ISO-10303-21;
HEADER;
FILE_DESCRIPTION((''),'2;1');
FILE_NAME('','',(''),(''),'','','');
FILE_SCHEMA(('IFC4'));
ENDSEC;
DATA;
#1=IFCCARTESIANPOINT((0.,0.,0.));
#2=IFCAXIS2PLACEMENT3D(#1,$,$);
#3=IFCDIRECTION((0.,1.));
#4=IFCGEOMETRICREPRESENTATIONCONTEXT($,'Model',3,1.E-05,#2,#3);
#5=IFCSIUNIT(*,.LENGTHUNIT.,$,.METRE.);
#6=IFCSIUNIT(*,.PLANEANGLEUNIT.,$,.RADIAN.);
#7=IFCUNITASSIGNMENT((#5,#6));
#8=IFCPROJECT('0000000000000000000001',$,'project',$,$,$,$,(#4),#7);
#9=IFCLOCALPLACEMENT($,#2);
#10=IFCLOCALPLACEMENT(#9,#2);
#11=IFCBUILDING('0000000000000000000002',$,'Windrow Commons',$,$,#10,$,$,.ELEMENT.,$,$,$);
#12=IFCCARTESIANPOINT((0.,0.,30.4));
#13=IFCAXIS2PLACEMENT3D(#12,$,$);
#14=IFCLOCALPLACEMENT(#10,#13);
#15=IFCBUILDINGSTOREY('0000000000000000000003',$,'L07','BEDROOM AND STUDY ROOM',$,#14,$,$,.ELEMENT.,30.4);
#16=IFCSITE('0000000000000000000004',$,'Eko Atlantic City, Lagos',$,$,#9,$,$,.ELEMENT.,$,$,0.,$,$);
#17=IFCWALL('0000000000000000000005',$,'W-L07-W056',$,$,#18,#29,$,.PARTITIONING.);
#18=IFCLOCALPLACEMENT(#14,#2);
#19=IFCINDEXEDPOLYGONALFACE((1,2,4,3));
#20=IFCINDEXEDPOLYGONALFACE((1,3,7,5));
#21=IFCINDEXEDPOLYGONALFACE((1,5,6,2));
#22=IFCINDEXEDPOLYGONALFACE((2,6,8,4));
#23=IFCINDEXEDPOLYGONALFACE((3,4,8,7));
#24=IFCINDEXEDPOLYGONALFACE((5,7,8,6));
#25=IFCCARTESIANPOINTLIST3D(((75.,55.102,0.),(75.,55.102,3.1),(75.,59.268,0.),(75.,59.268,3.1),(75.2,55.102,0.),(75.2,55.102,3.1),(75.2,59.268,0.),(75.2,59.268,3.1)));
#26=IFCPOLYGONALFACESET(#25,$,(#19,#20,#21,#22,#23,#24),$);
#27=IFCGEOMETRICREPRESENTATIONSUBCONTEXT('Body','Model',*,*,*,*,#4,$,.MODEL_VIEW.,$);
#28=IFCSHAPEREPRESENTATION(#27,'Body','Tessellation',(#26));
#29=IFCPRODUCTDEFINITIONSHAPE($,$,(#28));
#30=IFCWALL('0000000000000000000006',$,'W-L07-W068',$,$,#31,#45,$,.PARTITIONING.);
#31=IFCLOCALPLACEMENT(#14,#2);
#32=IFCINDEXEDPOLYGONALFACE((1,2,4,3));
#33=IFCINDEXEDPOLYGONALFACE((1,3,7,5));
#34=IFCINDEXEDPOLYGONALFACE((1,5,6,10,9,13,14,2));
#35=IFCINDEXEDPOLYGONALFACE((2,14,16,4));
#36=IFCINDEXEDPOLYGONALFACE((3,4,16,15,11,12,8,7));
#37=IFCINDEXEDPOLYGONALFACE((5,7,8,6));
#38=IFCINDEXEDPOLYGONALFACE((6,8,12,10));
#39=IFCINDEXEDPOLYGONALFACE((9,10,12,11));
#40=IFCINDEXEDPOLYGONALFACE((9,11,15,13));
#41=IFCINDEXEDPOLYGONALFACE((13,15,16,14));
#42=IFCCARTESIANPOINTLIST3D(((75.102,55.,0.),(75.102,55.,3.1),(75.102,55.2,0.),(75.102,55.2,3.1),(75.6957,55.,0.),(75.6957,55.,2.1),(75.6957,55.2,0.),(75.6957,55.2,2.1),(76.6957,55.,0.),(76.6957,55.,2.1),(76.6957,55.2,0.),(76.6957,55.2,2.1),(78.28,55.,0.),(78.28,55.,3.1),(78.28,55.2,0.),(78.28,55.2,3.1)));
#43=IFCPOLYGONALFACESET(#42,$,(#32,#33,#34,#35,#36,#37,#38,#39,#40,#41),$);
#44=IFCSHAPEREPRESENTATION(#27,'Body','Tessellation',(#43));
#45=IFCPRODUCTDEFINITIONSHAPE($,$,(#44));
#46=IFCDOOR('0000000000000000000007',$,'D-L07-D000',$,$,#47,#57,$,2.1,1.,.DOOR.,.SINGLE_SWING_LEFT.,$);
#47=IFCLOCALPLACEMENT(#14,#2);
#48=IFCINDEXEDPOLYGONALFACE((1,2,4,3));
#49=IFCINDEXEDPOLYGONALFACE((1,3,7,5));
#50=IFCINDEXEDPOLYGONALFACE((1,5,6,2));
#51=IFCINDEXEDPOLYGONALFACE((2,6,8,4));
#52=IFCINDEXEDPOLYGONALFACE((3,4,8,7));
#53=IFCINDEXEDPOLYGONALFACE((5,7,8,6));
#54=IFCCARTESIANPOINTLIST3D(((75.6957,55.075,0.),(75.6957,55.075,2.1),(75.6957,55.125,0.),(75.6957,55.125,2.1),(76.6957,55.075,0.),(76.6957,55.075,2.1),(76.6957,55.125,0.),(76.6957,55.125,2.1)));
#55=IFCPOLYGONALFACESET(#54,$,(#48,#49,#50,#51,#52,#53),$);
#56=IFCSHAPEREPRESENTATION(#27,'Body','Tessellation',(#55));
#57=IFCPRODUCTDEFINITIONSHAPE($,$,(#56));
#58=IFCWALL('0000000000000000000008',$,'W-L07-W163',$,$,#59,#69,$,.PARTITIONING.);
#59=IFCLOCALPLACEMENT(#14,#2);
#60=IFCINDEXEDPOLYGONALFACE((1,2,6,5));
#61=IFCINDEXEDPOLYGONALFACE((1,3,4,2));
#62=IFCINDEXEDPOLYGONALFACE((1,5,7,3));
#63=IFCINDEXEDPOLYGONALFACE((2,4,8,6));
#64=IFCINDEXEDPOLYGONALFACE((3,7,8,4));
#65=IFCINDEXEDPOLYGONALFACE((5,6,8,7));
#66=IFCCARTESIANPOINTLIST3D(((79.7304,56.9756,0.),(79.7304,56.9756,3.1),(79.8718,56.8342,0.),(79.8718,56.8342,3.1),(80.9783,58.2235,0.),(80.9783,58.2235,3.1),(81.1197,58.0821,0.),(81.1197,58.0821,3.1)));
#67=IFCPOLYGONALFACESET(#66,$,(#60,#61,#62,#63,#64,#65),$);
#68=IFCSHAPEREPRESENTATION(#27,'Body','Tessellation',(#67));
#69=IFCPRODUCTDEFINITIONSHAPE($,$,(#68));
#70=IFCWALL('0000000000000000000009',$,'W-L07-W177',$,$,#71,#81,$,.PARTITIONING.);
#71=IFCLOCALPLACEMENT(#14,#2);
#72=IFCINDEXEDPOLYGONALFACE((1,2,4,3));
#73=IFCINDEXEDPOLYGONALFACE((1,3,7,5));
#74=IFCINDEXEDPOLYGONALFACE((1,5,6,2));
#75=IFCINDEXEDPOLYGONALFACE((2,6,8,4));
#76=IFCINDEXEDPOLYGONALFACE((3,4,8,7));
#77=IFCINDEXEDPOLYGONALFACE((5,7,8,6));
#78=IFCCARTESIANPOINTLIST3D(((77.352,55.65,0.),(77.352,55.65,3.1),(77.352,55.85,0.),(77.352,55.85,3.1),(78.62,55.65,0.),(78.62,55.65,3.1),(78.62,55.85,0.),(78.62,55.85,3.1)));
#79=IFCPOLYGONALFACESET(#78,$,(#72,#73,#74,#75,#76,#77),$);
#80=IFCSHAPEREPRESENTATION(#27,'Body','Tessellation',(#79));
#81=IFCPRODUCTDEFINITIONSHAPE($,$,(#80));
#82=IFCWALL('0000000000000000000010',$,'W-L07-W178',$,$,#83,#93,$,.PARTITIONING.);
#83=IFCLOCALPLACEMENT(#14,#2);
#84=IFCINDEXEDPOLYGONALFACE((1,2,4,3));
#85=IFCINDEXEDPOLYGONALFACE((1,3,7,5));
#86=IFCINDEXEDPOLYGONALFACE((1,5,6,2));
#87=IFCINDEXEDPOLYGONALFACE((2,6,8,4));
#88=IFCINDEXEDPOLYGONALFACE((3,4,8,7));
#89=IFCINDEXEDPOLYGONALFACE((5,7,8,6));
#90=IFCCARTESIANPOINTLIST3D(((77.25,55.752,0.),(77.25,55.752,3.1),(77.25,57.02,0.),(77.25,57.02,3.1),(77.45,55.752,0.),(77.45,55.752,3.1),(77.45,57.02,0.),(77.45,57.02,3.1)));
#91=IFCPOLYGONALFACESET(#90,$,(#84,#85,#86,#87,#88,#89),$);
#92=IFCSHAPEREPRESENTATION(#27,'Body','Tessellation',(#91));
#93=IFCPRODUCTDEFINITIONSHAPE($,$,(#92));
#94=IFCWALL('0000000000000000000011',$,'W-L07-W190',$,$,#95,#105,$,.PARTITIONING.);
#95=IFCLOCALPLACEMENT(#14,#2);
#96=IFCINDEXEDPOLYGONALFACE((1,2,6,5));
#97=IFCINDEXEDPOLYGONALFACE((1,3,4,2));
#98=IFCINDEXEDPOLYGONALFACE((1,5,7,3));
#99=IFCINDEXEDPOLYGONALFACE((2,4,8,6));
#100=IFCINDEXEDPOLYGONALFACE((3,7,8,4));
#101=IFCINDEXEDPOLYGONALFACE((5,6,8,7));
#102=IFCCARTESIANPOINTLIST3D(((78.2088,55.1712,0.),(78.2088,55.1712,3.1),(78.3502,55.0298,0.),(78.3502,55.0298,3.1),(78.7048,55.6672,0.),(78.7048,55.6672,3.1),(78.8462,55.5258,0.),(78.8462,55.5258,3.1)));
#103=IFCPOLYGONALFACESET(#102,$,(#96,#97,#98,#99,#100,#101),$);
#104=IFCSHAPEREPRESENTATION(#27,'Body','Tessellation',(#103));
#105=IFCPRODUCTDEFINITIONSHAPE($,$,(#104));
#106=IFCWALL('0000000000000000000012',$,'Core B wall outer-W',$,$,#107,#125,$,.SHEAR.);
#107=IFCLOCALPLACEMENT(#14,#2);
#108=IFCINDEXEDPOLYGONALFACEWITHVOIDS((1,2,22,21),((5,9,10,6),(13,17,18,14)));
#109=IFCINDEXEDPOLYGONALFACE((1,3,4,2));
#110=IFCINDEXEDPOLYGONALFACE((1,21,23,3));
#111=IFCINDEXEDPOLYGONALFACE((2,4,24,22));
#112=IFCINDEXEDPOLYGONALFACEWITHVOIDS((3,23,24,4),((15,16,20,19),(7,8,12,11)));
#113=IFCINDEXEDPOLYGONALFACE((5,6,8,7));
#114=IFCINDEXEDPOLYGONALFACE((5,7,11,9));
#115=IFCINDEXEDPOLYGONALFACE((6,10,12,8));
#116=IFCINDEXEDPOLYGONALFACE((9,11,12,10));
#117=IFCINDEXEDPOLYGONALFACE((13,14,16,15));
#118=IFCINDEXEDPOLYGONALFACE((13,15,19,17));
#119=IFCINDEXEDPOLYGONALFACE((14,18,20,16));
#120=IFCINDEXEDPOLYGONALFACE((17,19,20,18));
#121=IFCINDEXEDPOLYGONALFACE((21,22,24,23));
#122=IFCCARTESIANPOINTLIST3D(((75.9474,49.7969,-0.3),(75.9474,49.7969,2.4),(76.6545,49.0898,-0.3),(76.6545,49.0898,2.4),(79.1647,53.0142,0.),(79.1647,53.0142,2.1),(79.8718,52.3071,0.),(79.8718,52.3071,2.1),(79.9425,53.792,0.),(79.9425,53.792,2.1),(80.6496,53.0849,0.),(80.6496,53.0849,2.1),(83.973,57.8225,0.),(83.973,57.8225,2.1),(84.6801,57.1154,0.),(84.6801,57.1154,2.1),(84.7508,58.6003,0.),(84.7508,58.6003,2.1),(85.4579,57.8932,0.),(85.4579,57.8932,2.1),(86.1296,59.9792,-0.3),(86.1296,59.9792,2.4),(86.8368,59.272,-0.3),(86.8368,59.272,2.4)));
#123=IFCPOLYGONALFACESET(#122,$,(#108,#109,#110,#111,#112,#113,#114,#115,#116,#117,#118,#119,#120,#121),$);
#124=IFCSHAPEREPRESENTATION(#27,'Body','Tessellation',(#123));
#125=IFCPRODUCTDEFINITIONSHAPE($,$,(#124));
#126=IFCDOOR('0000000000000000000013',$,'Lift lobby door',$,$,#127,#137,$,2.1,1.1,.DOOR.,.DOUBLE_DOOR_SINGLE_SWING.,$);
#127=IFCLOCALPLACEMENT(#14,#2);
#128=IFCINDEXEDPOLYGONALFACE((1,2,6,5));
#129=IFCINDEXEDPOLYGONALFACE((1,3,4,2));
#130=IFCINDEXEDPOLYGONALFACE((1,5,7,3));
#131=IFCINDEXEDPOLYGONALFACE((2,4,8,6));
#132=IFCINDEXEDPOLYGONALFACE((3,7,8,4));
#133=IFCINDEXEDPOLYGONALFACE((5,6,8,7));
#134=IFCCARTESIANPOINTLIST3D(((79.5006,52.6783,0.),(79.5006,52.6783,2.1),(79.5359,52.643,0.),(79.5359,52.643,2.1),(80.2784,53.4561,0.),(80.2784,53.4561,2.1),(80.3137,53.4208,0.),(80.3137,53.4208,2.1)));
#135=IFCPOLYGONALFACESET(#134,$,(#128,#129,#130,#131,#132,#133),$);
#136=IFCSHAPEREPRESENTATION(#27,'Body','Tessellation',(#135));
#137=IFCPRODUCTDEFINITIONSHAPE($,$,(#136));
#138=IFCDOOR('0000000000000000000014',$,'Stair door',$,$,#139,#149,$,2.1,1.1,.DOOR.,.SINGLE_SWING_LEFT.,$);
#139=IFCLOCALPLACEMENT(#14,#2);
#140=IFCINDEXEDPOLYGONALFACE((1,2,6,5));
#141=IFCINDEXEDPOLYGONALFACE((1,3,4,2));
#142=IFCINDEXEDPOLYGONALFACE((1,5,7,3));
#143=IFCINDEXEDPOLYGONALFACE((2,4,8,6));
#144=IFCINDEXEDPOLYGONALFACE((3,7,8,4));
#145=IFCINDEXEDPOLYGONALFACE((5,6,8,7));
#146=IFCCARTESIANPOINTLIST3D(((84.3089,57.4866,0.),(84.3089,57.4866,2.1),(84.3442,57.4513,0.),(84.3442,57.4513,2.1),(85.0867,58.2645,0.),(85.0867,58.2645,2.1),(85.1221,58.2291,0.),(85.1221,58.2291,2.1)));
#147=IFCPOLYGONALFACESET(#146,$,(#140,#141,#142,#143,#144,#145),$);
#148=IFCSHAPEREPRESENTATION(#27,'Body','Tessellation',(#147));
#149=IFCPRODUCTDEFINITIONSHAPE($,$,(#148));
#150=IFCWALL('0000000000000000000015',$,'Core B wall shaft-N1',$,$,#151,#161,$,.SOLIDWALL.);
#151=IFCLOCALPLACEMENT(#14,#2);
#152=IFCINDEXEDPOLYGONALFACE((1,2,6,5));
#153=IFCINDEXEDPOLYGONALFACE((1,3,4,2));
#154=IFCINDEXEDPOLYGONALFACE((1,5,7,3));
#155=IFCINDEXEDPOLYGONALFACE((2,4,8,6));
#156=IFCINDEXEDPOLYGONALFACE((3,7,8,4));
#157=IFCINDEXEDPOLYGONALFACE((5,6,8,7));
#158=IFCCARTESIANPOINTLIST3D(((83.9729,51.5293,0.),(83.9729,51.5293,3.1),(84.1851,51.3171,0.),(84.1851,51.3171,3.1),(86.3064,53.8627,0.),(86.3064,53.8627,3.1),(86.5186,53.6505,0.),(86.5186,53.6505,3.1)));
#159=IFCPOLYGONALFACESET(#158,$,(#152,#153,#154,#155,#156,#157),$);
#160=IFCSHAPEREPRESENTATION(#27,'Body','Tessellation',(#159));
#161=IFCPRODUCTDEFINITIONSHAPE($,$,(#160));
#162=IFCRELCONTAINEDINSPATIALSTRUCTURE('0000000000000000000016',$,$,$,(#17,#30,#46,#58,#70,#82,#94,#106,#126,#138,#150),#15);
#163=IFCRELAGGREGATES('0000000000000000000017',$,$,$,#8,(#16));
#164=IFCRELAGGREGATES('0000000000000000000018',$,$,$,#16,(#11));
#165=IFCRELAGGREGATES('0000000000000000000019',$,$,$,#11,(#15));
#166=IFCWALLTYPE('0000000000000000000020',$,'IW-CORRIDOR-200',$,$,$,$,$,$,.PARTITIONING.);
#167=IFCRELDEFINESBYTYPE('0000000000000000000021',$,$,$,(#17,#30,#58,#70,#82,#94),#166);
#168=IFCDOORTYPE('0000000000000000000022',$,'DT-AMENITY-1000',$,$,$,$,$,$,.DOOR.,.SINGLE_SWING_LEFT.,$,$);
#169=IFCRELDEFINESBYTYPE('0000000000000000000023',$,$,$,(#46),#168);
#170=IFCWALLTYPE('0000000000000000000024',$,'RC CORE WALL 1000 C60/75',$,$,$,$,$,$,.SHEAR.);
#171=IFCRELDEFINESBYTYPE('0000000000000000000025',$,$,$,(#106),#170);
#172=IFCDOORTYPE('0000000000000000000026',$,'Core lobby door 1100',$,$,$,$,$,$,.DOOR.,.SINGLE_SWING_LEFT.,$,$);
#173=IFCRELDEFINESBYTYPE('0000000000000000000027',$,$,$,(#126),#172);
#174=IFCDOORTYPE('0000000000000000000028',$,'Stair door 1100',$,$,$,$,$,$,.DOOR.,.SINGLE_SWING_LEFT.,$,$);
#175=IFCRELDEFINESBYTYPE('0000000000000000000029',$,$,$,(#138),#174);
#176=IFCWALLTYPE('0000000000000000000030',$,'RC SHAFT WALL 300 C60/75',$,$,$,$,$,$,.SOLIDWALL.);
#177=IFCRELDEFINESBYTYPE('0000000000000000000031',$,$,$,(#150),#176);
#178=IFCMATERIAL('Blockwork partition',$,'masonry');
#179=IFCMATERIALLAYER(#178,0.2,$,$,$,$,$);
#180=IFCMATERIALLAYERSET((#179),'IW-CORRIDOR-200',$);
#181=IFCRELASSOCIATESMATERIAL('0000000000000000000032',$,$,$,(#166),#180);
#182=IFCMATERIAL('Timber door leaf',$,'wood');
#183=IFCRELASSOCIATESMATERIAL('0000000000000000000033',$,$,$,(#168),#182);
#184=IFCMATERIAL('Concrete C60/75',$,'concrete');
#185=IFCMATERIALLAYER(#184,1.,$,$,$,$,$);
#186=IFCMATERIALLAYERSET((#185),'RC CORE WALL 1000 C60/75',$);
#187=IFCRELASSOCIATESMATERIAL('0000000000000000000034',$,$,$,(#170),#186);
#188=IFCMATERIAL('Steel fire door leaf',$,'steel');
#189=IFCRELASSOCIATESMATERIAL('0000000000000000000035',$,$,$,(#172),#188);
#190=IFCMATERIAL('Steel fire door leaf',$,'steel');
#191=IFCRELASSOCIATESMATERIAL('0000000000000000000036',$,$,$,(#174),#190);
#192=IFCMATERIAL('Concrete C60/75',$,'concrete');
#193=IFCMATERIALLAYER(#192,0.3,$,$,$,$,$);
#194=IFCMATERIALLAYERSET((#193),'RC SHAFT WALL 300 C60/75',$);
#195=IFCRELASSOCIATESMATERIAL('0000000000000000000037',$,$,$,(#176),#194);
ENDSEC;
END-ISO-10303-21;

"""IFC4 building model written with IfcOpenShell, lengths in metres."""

from ifc_helpers import new_model, si_unit, direction, frame, frame_2d, origin, place, context, subcontext, project, spatial, rectangle, extrude, material, layer, layer_set, type_object, element, fill, save


model = new_model("IFC4")

# Units and contexts
model_context = context("Model", 3, precision=1e-05, world=origin(), true_north=direction((0.0, 1.0)))
body_context = subcontext(model_context, "Body", "Model", "MODEL_VIEW")
ifc_project = project(units=[si_unit("LENGTHUNIT", "METRE"), si_unit("PLANEANGLEUNIT", "RADIAN")], contexts=[model_context])

# Site, building, storey
site_placement = place(None, origin())
site = spatial("IfcSite", under=ifc_project, at=site_placement, Name="Eko Atlantic City, Lagos", CompositionType="ELEMENT", RefElevation=0.0)
building_placement = place(site_placement, origin())
building = spatial("IfcBuilding", under=site, at=building_placement, Name="Windrow Commons", CompositionType="ELEMENT")
storey_placement = place(building_placement, frame((0.0, 0.0, 30.4)))
storey = spatial("IfcBuildingStorey", under=building, at=storey_placement, Name="L07", Description="BEDROOM AND STUDY ROOM", CompositionType="ELEMENT", Elevation=30.4)

# Wall
ifc_material_1 = material(Name="Blockwork partition", Category="masonry")
ifc_layer_1 = layer(ifc_material_1, 0.2)
ifc_layer_set_1 = layer_set([ifc_layer_1], Name="IW-CORRIDOR-200")
wall_type_1 = type_object("IfcWallType", Name="IW-CORRIDOR-200", PredefinedType="PARTITIONING", material=ifc_layer_set_1)
wall_1_placement = place(storey_placement, frame((75.1, 55.102, 0.0), z_axis=(0.0, 0.0, 1.0), x_axis=(0.0, 1.0, 0.0)))
element("IfcWall", 1, at=wall_1_placement, inside=storey, type_object=wall_type_1, Name="W-L07-W056", PredefinedType="PARTITIONING", context=body_context, shape_type="SweptSolid", body=[
    extrude(rectangle(XDim=4.166, YDim=0.2, at=frame_2d((2.083, 0.0))), origin(), (0.0, 0.0, 1.0), 3.1),
])

# Wall, opening, door
wall_2_placement = place(storey_placement, frame((75.102, 55.1, 0.0), z_axis=(0.0, 0.0, 1.0), x_axis=(1.0, 0.0, 0.0)))
wall_2 = element("IfcWall", 2, at=wall_2_placement, inside=storey, type_object=wall_type_1, Name="W-L07-W068", PredefinedType="PARTITIONING", context=body_context, shape_type="SweptSolid", body=[
    extrude(rectangle(XDim=3.178, YDim=0.2, at=frame_2d((1.589, 0.0))), origin(), (0.0, 0.0, 1.0), 3.1),
])
opening_1_placement = place(wall_2_placement, frame((0.5937, 0.0, 0.0)))
opening_1 = element("IfcOpeningElement", 3, at=opening_1_placement, cuts=wall_2, PredefinedType="OPENING", context=body_context, shape_type="SweptSolid", body=[
    extrude(rectangle(XDim=1.0, YDim=2.1, at=frame_2d((0.5, 1.05))), frame((0.0, 0.11, 0.0), z_axis=(0.0, -1.0, 0.0), x_axis=(1.0, 0.0, 0.0)), (0.0, 0.0, 1.0), 0.22),
])
ifc_material_2 = material(Name="Timber door leaf", Category="wood")
door_type_1 = type_object("IfcDoorType", Name="DT-AMENITY-1000", OperationType="SINGLE_SWING_LEFT", PredefinedType="DOOR", material=ifc_material_2)
door_1_placement = place(opening_1_placement, origin())
door_1 = element("IfcDoor", 4, at=door_1_placement, inside=storey, type_object=door_type_1, Name="D-L07-D000", OperationType="SINGLE_SWING_LEFT", OverallHeight=2.1, OverallWidth=1.0, PredefinedType="DOOR", context=body_context, shape_type="SweptSolid", body=[
    extrude(rectangle(XDim=1.0, YDim=2.1, at=frame_2d((0.5, 1.05))), frame((0.0, 0.025, 0.0), z_axis=(0.0, -1.0, 0.0), x_axis=(1.0, 0.0, 0.0)), (0.0, 0.0, 1.0), 0.05),
])
fill(opening_1, door_1)

# Walls
wall_3_placement = place(storey_placement, frame((79.8011, 56.9049, 0.0), z_axis=(0.0, 0.0, 1.0), x_axis=(0.707107, 0.707107, 0.0)))
element("IfcWall", 5, at=wall_3_placement, inside=storey, type_object=wall_type_1, Name="W-L07-W163", PredefinedType="PARTITIONING", context=body_context, shape_type="SweptSolid", body=[
    extrude(rectangle(XDim=1.7649, YDim=0.2, at=frame_2d((0.8824, 0.0))), origin(), (0.0, 0.0, 1.0), 3.1),
])
for number, where, z_axis, x_axis, name in (
    (6, (77.352, 55.75, 0.0), (0.0, 0.0, 1.0), (1.0, 0.0, 0.0), "W-L07-W177"),
    (7, (77.35, 55.752, 0.0), (0.0, 0.0, 1.0), (0.0, 1.0, 0.0), "W-L07-W178"),
):
    element("IfcWall", number, at=place(storey_placement, frame(where, z_axis=z_axis, x_axis=x_axis)), inside=storey, type_object=wall_type_1, Name=name, PredefinedType="PARTITIONING", context=body_context, shape_type="SweptSolid", body=[
        extrude(rectangle(XDim=1.268, YDim=0.2, at=frame_2d((0.634, 0.0))), origin(), (0.0, 0.0, 1.0), 3.1),
    ])
wall_4_placement = place(storey_placement, frame((78.2795, 55.1005, 0.0), z_axis=(0.0, 0.0, 1.0), x_axis=(0.707107, 0.707107, 0.0)))
element("IfcWall", 8, at=wall_4_placement, inside=storey, type_object=wall_type_1, Name="W-L07-W190", PredefinedType="PARTITIONING", context=body_context, shape_type="SweptSolid", body=[
    extrude(rectangle(XDim=0.7014, YDim=0.2, at=frame_2d((0.3507, 0.0))), origin(), (0.0, 0.0, 1.0), 3.1),
])

# Wall, openings, doors
ifc_material_3 = material(Name="Concrete C60/75", Category="concrete")
ifc_layer_2 = layer(ifc_material_3, 1.0)
ifc_layer_set_2 = layer_set([ifc_layer_2], Name="RC CORE WALL 1000 C60/75")
wall_type_2 = type_object("IfcWallType", Name="RC CORE WALL 1000 C60/75", PredefinedType="SHEAR", material=ifc_layer_set_2)
wall_5_placement = place(storey_placement, frame((76.3009, 49.4433, -0.3), z_axis=(0.0, 0.0, 1.0), x_axis=(0.707107, 0.707107, 0.0)))
wall_5 = element("IfcWall", 9, at=wall_5_placement, inside=storey, type_object=wall_type_2, Name="Core B wall outer-W", PredefinedType="SHEAR", context=body_context, shape_type="SweptSolid", body=[
    extrude(rectangle(XDim=14.3999, YDim=1.0, at=frame_2d((7.2, 0.0))), origin(), (0.0, 0.0, 1.0), 2.7),
])
opening_2_placement = place(wall_5_placement, frame((4.55, 0.0, 0.3)))
opening_2 = element("IfcOpeningElement", 10, at=opening_2_placement, cuts=wall_5, PredefinedType="OPENING", context=body_context, shape_type="SweptSolid", body=[
    extrude(rectangle(XDim=1.1, YDim=2.1, at=frame_2d((0.55, 1.05))), frame((0.0, 0.51, 0.0), z_axis=(0.0, -1.0, 0.0), x_axis=(1.0, 0.0, 0.0)), (0.0, 0.0, 1.0), 1.02),
])
opening_3_placement = place(wall_5_placement, frame((11.35, 0.0, 0.3)))
opening_3 = element("IfcOpeningElement", 11, at=opening_3_placement, cuts=wall_5, PredefinedType="OPENING", context=body_context, shape_type="SweptSolid", body=[
    extrude(rectangle(XDim=1.1, YDim=2.1, at=frame_2d((0.55, 1.05))), frame((0.0, 0.51, 0.0), z_axis=(0.0, -1.0, 0.0), x_axis=(1.0, 0.0, 0.0)), (0.0, 0.0, 1.0), 1.02),
])
ifc_material_4 = material(Name="Steel fire door leaf", Category="steel")
door_type_2 = type_object("IfcDoorType", Name="Core lobby door 1100", OperationType="SINGLE_SWING_LEFT", PredefinedType="DOOR", material=ifc_material_4)
door_2_placement = place(opening_2_placement, origin())
door_2 = element("IfcDoor", 12, at=door_2_placement, inside=storey, type_object=door_type_2, Name="Lift lobby door", OperationType="DOUBLE_DOOR_SINGLE_SWING", OverallHeight=2.1, OverallWidth=1.1, PredefinedType="DOOR", context=body_context, shape_type="SweptSolid", body=[
    extrude(rectangle(XDim=1.1, YDim=2.1, at=frame_2d((0.55, 1.05))), frame((0.0, 0.025, 0.0), z_axis=(0.0, -1.0, 0.0), x_axis=(1.0, 0.0, 0.0)), (0.0, 0.0, 1.0), 0.05),
])
fill(opening_2, door_2)
ifc_material_5 = material(Name="Steel fire door leaf", Category="steel")
door_type_3 = type_object("IfcDoorType", Name="Stair door 1100", OperationType="SINGLE_SWING_LEFT", PredefinedType="DOOR", material=ifc_material_5)
door_3_placement = place(opening_3_placement, origin())
door_3 = element("IfcDoor", 13, at=door_3_placement, inside=storey, type_object=door_type_3, Name="Stair door", OperationType="SINGLE_SWING_LEFT", OverallHeight=2.1, OverallWidth=1.1, PredefinedType="DOOR", context=body_context, shape_type="SweptSolid", body=[
    extrude(rectangle(XDim=1.1, YDim=2.1, at=frame_2d((0.55, 1.05))), frame((0.0, 0.025, 0.0), z_axis=(0.0, -1.0, 0.0), x_axis=(1.0, 0.0, 0.0)), (0.0, 0.0, 1.0), 0.05),
])
fill(opening_3, door_3)

# Wall
ifc_material_6 = material(Name="Concrete C60/75", Category="concrete")
ifc_layer_3 = layer(ifc_material_6, 0.3)
ifc_layer_set_3 = layer_set([ifc_layer_3], Name="RC SHAFT WALL 300 C60/75")
wall_type_3 = type_object("IfcWallType", Name="RC SHAFT WALL 300 C60/75", PredefinedType="SOLIDWALL", material=ifc_layer_set_3)
wall_6_placement = place(storey_placement, frame((84.079, 51.4232, 0.0), z_axis=(0.0, 0.0, 1.0), x_axis=(0.707122, 0.707092, 0.0)))
element("IfcWall", 14, at=wall_6_placement, inside=storey, type_object=wall_type_3, Name="Core B wall shaft-N1", PredefinedType="SOLIDWALL", context=body_context, shape_type="SweptSolid", body=[
    extrude(rectangle(XDim=3.3, YDim=0.3, at=frame_2d((1.65, 0.0))), origin(), (0.0, 0.0, 1.0), 3.1),
])

save(model, "model.ifc")
